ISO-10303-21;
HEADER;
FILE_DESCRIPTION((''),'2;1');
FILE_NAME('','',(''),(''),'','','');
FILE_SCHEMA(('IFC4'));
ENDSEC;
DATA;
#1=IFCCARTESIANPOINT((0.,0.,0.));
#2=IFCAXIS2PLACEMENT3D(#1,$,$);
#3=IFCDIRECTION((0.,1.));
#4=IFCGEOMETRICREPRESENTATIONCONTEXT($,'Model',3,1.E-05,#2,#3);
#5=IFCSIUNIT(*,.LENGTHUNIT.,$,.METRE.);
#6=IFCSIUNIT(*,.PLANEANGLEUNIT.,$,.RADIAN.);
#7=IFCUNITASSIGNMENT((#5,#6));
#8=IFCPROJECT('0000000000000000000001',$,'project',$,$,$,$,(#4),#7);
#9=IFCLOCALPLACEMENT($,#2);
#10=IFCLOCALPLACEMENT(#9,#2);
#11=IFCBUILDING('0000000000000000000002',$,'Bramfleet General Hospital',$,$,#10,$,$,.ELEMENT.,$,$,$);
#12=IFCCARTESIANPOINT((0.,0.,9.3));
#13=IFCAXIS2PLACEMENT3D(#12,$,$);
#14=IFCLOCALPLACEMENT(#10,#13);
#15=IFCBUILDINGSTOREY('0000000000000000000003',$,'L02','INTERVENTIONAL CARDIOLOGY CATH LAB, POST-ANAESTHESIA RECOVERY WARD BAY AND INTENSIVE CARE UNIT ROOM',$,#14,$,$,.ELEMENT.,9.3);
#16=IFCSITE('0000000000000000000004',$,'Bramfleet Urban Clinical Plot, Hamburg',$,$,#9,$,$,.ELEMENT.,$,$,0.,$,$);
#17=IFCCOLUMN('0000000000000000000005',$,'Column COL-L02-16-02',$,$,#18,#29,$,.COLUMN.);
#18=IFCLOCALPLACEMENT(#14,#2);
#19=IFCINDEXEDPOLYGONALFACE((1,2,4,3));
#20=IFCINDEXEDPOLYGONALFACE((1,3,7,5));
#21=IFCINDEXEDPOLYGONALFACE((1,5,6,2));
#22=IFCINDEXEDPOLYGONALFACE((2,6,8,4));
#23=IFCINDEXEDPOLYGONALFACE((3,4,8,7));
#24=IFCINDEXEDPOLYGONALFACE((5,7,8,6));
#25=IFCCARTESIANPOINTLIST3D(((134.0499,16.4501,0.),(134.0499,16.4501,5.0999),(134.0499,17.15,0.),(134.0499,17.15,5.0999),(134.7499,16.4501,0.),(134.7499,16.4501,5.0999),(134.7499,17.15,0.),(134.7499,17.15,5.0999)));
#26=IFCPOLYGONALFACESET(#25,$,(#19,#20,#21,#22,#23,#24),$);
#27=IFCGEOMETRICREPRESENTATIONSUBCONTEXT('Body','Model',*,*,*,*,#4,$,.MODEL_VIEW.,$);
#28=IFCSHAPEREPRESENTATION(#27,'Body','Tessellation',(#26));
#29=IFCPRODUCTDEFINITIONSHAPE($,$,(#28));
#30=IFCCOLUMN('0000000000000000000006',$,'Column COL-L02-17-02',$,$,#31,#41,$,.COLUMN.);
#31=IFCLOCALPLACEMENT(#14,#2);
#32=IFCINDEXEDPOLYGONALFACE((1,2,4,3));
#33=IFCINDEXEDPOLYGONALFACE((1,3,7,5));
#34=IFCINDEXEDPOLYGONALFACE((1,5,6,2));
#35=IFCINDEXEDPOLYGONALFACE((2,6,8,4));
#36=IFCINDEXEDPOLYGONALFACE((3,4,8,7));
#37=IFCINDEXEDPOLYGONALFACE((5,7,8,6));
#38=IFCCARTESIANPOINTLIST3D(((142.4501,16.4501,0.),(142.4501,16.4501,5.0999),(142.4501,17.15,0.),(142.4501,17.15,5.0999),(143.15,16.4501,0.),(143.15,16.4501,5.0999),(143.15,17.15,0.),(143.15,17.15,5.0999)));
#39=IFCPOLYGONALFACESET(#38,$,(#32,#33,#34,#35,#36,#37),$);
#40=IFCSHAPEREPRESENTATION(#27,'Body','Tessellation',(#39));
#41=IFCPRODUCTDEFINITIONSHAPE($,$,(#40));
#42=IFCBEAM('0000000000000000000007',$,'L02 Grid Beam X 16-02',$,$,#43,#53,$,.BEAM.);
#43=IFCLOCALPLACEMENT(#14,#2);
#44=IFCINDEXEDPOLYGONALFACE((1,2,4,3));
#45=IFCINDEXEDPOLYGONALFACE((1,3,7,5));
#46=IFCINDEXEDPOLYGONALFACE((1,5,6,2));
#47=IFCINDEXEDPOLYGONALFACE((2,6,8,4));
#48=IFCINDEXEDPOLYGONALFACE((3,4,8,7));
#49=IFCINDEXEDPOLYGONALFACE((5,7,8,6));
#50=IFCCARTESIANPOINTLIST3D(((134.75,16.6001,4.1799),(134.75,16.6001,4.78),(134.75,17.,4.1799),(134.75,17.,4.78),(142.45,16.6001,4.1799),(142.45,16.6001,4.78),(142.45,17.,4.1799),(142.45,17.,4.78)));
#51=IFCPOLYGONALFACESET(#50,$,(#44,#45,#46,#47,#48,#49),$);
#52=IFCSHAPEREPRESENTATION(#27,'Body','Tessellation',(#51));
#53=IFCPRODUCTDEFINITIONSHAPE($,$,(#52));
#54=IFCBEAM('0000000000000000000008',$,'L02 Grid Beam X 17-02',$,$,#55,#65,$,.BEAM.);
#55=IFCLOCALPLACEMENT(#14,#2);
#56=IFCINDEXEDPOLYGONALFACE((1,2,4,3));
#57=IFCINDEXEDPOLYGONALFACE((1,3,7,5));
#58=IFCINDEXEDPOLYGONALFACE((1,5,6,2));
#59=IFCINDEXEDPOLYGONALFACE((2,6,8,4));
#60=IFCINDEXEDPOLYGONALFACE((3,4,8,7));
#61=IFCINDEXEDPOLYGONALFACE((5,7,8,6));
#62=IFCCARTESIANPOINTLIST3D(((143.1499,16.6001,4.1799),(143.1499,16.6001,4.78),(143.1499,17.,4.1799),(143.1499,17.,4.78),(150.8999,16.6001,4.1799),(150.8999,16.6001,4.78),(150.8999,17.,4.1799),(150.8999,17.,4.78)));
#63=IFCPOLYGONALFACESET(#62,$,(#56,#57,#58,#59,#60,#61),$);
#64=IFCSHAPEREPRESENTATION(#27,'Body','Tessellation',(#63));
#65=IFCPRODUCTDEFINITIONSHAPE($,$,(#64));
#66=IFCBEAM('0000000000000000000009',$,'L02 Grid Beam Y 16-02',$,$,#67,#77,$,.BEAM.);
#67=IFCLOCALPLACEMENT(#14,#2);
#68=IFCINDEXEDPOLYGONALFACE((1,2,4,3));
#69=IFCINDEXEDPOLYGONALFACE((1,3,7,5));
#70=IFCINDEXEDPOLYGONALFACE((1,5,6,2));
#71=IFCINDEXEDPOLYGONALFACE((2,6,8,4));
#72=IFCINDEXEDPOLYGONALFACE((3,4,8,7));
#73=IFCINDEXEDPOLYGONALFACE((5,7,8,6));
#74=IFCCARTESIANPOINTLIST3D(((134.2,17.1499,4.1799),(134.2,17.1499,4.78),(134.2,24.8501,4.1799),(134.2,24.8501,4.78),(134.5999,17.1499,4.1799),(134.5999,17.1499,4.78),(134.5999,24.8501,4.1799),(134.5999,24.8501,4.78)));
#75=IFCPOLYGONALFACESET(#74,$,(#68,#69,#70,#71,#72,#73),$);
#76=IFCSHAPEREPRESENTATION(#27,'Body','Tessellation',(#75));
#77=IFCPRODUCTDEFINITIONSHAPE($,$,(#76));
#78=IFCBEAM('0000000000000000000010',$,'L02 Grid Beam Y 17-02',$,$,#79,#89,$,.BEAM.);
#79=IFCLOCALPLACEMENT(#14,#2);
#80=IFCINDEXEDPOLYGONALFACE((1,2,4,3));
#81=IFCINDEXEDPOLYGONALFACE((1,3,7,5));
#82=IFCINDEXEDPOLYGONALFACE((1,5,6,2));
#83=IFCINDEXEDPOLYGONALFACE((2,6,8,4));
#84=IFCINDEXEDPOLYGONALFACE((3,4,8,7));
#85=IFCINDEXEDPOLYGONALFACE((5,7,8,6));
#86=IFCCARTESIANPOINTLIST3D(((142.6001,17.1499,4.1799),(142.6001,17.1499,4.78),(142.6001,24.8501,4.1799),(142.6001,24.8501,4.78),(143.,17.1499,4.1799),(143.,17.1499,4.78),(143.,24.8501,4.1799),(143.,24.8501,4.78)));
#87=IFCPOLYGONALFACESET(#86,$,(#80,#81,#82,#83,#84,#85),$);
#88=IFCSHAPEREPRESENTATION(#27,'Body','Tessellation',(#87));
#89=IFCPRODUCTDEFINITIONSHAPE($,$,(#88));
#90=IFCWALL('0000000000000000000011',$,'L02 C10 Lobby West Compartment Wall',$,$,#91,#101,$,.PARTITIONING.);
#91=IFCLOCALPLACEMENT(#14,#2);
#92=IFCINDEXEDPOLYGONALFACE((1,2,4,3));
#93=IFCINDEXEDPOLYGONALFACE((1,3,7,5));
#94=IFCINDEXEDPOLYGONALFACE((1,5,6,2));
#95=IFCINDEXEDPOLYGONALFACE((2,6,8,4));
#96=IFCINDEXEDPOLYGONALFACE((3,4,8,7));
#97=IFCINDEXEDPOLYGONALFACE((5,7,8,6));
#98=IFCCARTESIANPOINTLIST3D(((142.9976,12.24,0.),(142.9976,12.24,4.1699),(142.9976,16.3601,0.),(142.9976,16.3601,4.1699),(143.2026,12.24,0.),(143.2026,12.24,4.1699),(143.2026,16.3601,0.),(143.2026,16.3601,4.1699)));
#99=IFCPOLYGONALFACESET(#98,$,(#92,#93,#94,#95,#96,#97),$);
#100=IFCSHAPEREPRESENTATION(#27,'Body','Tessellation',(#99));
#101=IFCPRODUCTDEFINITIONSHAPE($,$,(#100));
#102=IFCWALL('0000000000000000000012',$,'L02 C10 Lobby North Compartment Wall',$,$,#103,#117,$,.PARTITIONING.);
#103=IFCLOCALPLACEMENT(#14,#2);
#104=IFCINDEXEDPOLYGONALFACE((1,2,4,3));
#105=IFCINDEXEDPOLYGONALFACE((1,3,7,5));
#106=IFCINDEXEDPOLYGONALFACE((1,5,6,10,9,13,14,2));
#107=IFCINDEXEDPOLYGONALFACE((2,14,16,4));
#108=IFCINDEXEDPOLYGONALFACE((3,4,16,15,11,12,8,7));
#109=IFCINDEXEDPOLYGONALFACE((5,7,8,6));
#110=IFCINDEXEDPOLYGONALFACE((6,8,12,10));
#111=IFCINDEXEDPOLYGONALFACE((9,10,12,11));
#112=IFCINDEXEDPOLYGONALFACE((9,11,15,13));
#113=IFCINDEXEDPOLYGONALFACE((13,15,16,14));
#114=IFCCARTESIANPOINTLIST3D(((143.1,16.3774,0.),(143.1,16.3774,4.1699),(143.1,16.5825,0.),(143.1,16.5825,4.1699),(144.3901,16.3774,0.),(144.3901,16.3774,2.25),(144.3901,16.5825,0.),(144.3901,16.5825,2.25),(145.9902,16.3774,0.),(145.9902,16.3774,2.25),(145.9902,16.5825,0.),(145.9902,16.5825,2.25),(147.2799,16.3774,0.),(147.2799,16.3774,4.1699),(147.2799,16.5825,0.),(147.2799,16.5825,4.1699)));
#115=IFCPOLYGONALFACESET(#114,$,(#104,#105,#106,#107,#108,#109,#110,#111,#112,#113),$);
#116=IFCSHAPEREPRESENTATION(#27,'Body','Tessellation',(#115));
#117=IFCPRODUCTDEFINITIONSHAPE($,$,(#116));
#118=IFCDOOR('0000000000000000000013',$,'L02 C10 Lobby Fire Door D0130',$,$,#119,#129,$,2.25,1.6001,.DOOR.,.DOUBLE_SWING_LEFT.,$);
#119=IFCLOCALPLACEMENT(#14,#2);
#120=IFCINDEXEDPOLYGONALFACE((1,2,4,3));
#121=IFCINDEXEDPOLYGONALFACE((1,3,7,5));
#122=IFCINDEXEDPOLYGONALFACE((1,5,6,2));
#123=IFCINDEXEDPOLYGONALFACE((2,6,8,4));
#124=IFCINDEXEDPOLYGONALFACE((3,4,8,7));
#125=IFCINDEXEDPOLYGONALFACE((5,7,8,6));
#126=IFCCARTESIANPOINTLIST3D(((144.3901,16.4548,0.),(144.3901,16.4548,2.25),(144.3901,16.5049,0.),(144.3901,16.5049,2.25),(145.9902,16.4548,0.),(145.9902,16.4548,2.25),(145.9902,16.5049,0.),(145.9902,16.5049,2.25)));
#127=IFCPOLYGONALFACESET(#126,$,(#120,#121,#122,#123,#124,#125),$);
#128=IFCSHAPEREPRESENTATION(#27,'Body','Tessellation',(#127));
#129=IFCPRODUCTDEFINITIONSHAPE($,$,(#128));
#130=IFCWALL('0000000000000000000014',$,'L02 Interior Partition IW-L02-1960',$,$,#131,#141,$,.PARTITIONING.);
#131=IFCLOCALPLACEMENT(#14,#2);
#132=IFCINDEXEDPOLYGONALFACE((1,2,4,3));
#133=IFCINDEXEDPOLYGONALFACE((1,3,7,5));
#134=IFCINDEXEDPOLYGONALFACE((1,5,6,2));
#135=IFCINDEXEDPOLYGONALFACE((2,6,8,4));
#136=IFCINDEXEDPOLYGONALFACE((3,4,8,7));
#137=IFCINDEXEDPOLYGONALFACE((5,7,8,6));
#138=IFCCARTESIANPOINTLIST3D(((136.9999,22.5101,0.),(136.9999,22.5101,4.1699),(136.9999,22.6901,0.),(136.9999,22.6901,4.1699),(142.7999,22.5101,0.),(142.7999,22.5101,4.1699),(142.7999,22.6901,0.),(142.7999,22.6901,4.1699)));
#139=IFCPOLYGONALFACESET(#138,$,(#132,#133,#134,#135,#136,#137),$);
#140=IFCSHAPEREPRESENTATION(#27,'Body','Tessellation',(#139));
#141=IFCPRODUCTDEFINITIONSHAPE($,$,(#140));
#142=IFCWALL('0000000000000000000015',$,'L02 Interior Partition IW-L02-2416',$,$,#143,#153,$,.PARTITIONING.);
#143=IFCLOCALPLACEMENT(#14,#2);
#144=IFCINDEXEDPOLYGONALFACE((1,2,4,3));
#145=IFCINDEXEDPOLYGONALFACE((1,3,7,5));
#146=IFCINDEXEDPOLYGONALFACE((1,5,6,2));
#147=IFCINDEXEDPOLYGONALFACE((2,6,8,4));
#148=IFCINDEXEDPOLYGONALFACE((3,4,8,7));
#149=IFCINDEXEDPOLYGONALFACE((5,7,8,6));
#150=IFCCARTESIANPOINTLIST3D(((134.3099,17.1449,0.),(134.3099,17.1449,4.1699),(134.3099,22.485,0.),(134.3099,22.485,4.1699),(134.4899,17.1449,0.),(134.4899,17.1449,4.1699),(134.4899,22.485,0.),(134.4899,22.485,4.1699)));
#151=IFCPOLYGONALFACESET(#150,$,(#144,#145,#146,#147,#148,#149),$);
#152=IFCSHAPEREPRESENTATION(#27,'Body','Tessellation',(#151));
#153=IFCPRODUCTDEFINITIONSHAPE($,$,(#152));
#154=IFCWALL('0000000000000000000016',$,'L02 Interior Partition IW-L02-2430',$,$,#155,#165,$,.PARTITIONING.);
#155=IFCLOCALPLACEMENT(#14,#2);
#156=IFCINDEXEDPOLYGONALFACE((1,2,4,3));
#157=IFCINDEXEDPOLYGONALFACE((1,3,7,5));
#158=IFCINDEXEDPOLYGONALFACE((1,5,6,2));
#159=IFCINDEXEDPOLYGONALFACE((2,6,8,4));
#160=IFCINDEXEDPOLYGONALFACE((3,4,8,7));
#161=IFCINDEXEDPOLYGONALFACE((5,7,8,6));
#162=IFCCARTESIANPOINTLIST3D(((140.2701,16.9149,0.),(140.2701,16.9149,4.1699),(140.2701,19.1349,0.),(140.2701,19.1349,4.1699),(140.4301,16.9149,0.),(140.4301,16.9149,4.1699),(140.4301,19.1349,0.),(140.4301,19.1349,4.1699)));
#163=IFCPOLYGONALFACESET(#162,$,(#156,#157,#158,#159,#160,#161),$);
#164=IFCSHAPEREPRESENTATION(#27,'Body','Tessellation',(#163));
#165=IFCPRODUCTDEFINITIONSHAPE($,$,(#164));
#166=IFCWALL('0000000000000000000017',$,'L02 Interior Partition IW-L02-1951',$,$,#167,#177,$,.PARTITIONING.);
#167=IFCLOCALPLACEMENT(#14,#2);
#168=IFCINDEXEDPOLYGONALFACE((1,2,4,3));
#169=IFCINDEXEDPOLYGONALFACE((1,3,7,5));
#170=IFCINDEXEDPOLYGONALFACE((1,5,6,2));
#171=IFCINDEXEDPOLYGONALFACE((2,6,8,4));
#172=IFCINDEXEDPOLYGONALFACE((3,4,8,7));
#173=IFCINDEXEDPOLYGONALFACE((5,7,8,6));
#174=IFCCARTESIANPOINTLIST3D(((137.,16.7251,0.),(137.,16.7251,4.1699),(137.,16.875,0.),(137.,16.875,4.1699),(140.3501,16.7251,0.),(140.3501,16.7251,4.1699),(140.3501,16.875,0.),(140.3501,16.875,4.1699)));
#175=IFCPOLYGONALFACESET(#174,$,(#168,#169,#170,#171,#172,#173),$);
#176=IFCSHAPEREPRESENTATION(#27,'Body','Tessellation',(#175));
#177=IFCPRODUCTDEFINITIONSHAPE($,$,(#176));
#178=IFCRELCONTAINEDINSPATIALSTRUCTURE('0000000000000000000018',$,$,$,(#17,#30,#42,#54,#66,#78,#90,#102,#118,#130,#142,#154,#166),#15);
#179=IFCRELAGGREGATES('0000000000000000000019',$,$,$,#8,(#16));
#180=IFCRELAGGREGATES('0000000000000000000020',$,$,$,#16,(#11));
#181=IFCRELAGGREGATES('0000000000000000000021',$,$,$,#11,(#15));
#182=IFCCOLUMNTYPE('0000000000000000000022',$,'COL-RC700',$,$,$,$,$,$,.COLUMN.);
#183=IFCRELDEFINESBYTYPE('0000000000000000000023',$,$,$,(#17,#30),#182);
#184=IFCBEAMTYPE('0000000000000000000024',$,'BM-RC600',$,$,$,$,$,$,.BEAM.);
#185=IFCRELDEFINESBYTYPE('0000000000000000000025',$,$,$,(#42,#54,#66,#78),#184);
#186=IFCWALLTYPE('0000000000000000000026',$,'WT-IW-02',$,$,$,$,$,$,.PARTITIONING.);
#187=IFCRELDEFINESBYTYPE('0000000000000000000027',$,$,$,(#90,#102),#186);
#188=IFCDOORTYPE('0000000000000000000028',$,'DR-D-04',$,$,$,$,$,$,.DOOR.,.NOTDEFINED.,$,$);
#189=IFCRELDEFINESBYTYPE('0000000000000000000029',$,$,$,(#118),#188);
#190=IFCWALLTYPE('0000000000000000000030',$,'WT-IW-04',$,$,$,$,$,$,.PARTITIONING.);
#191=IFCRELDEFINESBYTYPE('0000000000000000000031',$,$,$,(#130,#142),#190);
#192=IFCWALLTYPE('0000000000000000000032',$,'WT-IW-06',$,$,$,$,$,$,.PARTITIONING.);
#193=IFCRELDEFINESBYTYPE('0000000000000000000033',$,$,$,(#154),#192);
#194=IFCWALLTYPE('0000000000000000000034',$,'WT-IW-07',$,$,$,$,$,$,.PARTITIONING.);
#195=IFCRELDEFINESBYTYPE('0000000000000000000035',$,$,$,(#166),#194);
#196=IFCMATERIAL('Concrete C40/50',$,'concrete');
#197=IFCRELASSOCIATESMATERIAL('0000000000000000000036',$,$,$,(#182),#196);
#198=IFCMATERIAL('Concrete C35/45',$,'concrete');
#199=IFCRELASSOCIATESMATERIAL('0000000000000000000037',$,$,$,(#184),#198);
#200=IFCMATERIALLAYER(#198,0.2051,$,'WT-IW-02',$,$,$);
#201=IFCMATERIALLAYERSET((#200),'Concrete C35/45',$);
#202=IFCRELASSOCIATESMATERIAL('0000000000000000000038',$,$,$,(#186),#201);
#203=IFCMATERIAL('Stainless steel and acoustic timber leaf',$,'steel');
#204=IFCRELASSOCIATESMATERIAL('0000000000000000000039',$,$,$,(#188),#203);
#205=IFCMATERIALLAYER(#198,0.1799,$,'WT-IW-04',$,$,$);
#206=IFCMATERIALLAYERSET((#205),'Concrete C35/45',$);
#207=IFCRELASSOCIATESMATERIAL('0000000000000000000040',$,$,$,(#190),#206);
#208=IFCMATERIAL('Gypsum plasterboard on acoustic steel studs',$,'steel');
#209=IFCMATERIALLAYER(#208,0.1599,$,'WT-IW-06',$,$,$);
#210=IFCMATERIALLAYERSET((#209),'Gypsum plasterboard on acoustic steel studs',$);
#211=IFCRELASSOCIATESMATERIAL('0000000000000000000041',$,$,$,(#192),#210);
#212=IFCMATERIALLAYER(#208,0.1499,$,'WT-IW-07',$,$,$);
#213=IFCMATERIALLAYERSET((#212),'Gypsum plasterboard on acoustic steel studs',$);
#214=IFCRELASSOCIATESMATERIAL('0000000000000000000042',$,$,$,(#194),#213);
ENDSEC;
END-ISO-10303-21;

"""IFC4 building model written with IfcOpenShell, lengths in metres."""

from ifc_helpers import new_model, si_unit, direction, frame, frame_2d, origin, origin_2d, place, context, subcontext, project, spatial, rectangle, extrude, material, layer, layer_set, material_profile, profile_set, type_object, element, fill, save


model = new_model("IFC4")

# Units and contexts
model_context = context("Model", 3, precision=1e-05, world=origin(), true_north=direction((0.0, 1.0)))
body_context = subcontext(model_context, "Body", "Model", "MODEL_VIEW")
ifc_project = project(units=[si_unit("LENGTHUNIT", "METRE"), si_unit("PLANEANGLEUNIT", "RADIAN")], contexts=[model_context])

# Site, building, storey
site_placement = place(None, origin())
site = spatial("IfcSite", under=ifc_project, at=site_placement, Name="Bramfleet Urban Clinical Plot, Hamburg", CompositionType="ELEMENT", RefElevation=0.0)
building_placement = place(site_placement, origin())
building = spatial("IfcBuilding", under=site, at=building_placement, Name="Bramfleet General Hospital", CompositionType="ELEMENT")
storey_placement = place(building_placement, frame((0.0, 0.0, 9.3)))
storey = spatial("IfcBuildingStorey", under=building, at=storey_placement, Name="L02", Description="INTERVENTIONAL CARDIOLOGY CATH LAB, POST-ANAESTHESIA RECOVERY WARD BAY AND INTENSIVE CARE UNIT ROOM", CompositionType="ELEMENT", Elevation=9.3)

# Columns
ifc_material_1 = material(Name="Concrete C40/50", Category="concrete")
ifc_material_profile_1 = material_profile(ifc_material_1, rectangle(XDim=0.7, YDim=0.7, at=origin_2d()), Name="RC COL 700x700")
ifc_profile_set_1 = profile_set([ifc_material_profile_1], Name="Concrete C40/50")
column_type = type_object("IfcColumnType", Name="COL-RC700", PredefinedType="COLUMN", material=ifc_profile_set_1)
for number, where, z_axis, x_axis, name in (
    (1, (134.3999, 16.8, 0.0), (0.0, 0.0, 1.0), (1.0, 0.0, 0.0), "Column COL-L02-16-02"),
    (2, (142.8, 16.8, 0.0), (0.0, 0.0, 1.0), (1.0, 0.0, 0.0), "Column COL-L02-17-02"),
):
    element("IfcColumn", number, at=place(storey_placement, frame(where, z_axis=z_axis, x_axis=x_axis)), inside=storey, type_object=column_type, Name=name, PredefinedType="COLUMN", context=body_context, shape_type="SweptSolid", body=[
        extrude(rectangle(XDim=0.7, YDim=0.7, at=origin_2d()), origin(), (0.0, 0.0, 1.0), 5.0999),
    ])

# Beams
ifc_material_2 = material(Name="Concrete C35/45", Category="concrete")
ifc_material_profile_2 = material_profile(ifc_material_2, rectangle(XDim=0.3999, YDim=0.6001, at=origin_2d()), Name="RC BM 600x400")
ifc_profile_set_2 = profile_set([ifc_material_profile_2], Name="Concrete C35/45")
beam_type = type_object("IfcBeamType", Name="BM-RC600", PredefinedType="BEAM", material=ifc_profile_set_2)
beam_1_placement = place(storey_placement, frame((134.75, 16.8, 4.48), z_axis=(1.0, 0.0, 0.0), x_axis=(0.0, 1.0, 0.0)))
element("IfcBeam", 3, at=beam_1_placement, inside=storey, type_object=beam_type, Name="L02 Grid Beam X 16-02", PredefinedType="BEAM", context=body_context, shape_type="SweptSolid", body=[
    extrude(rectangle(XDim=0.3999, YDim=0.6001, at=origin_2d()), origin(), (0.0, 0.0, 1.0), 7.7),
])
beam_2_placement = place(storey_placement, frame((143.1499, 16.8, 4.48), z_axis=(1.0, 0.0, 0.0), x_axis=(0.0, 1.0, 0.0)))
element("IfcBeam", 4, at=beam_2_placement, inside=storey, type_object=beam_type, Name="L02 Grid Beam X 17-02", PredefinedType="BEAM", context=body_context, shape_type="SweptSolid", body=[
    extrude(rectangle(XDim=0.3999, YDim=0.6001, at=origin_2d()), origin(), (0.0, 0.0, 1.0), 7.75),
])
for number, where, z_axis, x_axis, name in (
    (5, (134.3999, 17.1499, 4.48), (0.0, 1.0, 0.0), (-1.0, 0.0, 0.0), "L02 Grid Beam Y 16-02"),
    (6, (142.8, 17.1499, 4.48), (0.0, 1.0, 0.0), (-1.0, 0.0, 0.0), "L02 Grid Beam Y 17-02"),
):
    element("IfcBeam", number, at=place(storey_placement, frame(where, z_axis=z_axis, x_axis=x_axis)), inside=storey, type_object=beam_type, Name=name, PredefinedType="BEAM", context=body_context, shape_type="SweptSolid", body=[
        extrude(rectangle(XDim=0.3999, YDim=0.6001, at=origin_2d()), origin(), (0.0, 0.0, 1.0), 7.7002),
    ])

# Wall
ifc_layer_1 = layer(ifc_material_2, 0.2051, Name="WT-IW-02")
ifc_layer_set_1 = layer_set([ifc_layer_1], Name="Concrete C35/45")
wall_type_1 = type_object("IfcWallType", Name="WT-IW-02", PredefinedType="PARTITIONING", material=ifc_layer_set_1)
wall_1_placement = place(storey_placement, frame((143.1001, 12.24, 0.0), z_axis=(0.0, 0.0, 1.0), x_axis=(0.0, 1.0, 0.0)))
element("IfcWall", 7, at=wall_1_placement, inside=storey, type_object=wall_type_1, Name="L02 C10 Lobby West Compartment Wall", PredefinedType="PARTITIONING", context=body_context, shape_type="SweptSolid", body=[
    extrude(rectangle(XDim=4.1201, YDim=0.2051, at=frame_2d((2.0601, 0.0))), origin(), (0.0, 0.0, 1.0), 4.1699),
])

# Wall, opening, door
wall_2_placement = place(storey_placement, frame((143.1001, 16.48, 0.0), z_axis=(0.0, 0.0, 1.0), x_axis=(1.0, 0.0, 0.0)))
wall_2 = element("IfcWall", 8, at=wall_2_placement, inside=storey, type_object=wall_type_1, Name="L02 C10 Lobby North Compartment Wall", PredefinedType="PARTITIONING", context=body_context, shape_type="SweptSolid", body=[
    extrude(rectangle(XDim=4.1799, YDim=0.2051, at=frame_2d((2.0898, 0.0))), origin(), (0.0, 0.0, 1.0), 4.1699),
])
opening_1_placement = place(wall_2_placement, frame((1.29, 0.0, 0.0)))
opening_1 = element("IfcOpeningElement", 9, at=opening_1_placement, cuts=wall_2, PredefinedType="OPENING", context=body_context, shape_type="SweptSolid", body=[
    extrude(rectangle(XDim=1.6001, YDim=2.25, at=frame_2d((0.8, 1.125))), frame((0.0, 0.1125, 0.0), z_axis=(0.0, -1.0, 0.0), x_axis=(1.0, 0.0, 0.0)), (0.0, 0.0, 1.0), 0.2251),
])
ifc_material_3 = material(Name="Stainless steel and acoustic timber leaf", Category="steel")
door_type_1 = type_object("IfcDoorType", Name="DR-D-04", OperationType="NOTDEFINED", PredefinedType="DOOR", material=ifc_material_3)
door_1_placement = place(opening_1_placement, origin())
door_1 = element("IfcDoor", 10, at=door_1_placement, inside=storey, type_object=door_type_1, Name="L02 C10 Lobby Fire Door D0130", OperationType="DOUBLE_SWING_LEFT", OverallHeight=2.25, OverallWidth=1.6001, PredefinedType="DOOR", context=body_context, shape_type="SweptSolid", body=[
    extrude(rectangle(XDim=1.6001, YDim=2.25, at=frame_2d((0.8, 1.125))), frame((0.0, 0.0249, 0.0), z_axis=(0.0, -1.0, 0.0), x_axis=(1.0, 0.0, 0.0)), (0.0, 0.0, 1.0), 0.05),
])
fill(opening_1, door_1)

# Walls
ifc_layer_2 = layer(ifc_material_2, 0.1799, Name="WT-IW-04")
ifc_layer_set_2 = layer_set([ifc_layer_2], Name="Concrete C35/45")
wall_type_2 = type_object("IfcWallType", Name="WT-IW-04", PredefinedType="PARTITIONING", material=ifc_layer_set_2)
wall_3_placement = place(storey_placement, frame((137.0, 22.6001, 0.0), z_axis=(0.0, 0.0, 1.0), x_axis=(1.0, 0.0, 0.0)))
element("IfcWall", 11, at=wall_3_placement, inside=storey, type_object=wall_type_2, Name="L02 Interior Partition IW-L02-1960", PredefinedType="PARTITIONING", context=body_context, shape_type="SweptSolid", body=[
    extrude(rectangle(XDim=5.8, YDim=0.1799, at=frame_2d((2.8999, 0.0))), origin(), (0.0, 0.0, 1.0), 4.1699),
])
wall_4_placement = place(storey_placement, frame((134.3999, 17.145, 0.0), z_axis=(0.0, 0.0, 1.0), x_axis=(0.0, 1.0, 0.0)))
element("IfcWall", 12, at=wall_4_placement, inside=storey, type_object=wall_type_2, Name="L02 Interior Partition IW-L02-2416", PredefinedType="PARTITIONING", context=body_context, shape_type="SweptSolid", body=[
    extrude(rectangle(XDim=5.3401, YDim=0.1799, at=frame_2d((2.6699, 0.0))), origin(), (0.0, 0.0, 1.0), 4.1699),
])
ifc_material_4 = material(Name="Gypsum plasterboard on acoustic steel studs", Category="steel")
ifc_layer_3 = layer(ifc_material_4, 0.1599, Name="WT-IW-06")
ifc_layer_set_3 = layer_set([ifc_layer_3], Name="Gypsum plasterboard on acoustic steel studs")
wall_type_3 = type_object("IfcWallType", Name="WT-IW-06", PredefinedType="PARTITIONING", material=ifc_layer_set_3)
wall_5_placement = place(storey_placement, frame((140.3501, 16.915, 0.0), z_axis=(0.0, 0.0, 1.0), x_axis=(0.0, 1.0, 0.0)))
element("IfcWall", 13, at=wall_5_placement, inside=storey, type_object=wall_type_3, Name="L02 Interior Partition IW-L02-2430", PredefinedType="PARTITIONING", context=body_context, shape_type="SweptSolid", body=[
    extrude(rectangle(XDim=2.22, YDim=0.1599, at=frame_2d((1.1099, 0.0))), origin(), (0.0, 0.0, 1.0), 4.1699),
])
ifc_layer_4 = layer(ifc_material_4, 0.1499, Name="WT-IW-07")
ifc_layer_set_4 = layer_set([ifc_layer_4], Name="Gypsum plasterboard on acoustic steel studs")
wall_type_4 = type_object("IfcWallType", Name="WT-IW-07", PredefinedType="PARTITIONING", material=ifc_layer_set_4)
wall_6_placement = place(storey_placement, frame((137.0, 16.8, 0.0), z_axis=(0.0, 0.0, 1.0), x_axis=(1.0, 0.0, 0.0)))
element("IfcWall", 14, at=wall_6_placement, inside=storey, type_object=wall_type_4, Name="L02 Interior Partition IW-L02-1951", PredefinedType="PARTITIONING", context=body_context, shape_type="SweptSolid", body=[
    extrude(rectangle(XDim=3.3501, YDim=0.1499, at=frame_2d((1.675, 0.0))), origin(), (0.0, 0.0, 1.0), 4.1699),
])

save(model, "model.ifc")
